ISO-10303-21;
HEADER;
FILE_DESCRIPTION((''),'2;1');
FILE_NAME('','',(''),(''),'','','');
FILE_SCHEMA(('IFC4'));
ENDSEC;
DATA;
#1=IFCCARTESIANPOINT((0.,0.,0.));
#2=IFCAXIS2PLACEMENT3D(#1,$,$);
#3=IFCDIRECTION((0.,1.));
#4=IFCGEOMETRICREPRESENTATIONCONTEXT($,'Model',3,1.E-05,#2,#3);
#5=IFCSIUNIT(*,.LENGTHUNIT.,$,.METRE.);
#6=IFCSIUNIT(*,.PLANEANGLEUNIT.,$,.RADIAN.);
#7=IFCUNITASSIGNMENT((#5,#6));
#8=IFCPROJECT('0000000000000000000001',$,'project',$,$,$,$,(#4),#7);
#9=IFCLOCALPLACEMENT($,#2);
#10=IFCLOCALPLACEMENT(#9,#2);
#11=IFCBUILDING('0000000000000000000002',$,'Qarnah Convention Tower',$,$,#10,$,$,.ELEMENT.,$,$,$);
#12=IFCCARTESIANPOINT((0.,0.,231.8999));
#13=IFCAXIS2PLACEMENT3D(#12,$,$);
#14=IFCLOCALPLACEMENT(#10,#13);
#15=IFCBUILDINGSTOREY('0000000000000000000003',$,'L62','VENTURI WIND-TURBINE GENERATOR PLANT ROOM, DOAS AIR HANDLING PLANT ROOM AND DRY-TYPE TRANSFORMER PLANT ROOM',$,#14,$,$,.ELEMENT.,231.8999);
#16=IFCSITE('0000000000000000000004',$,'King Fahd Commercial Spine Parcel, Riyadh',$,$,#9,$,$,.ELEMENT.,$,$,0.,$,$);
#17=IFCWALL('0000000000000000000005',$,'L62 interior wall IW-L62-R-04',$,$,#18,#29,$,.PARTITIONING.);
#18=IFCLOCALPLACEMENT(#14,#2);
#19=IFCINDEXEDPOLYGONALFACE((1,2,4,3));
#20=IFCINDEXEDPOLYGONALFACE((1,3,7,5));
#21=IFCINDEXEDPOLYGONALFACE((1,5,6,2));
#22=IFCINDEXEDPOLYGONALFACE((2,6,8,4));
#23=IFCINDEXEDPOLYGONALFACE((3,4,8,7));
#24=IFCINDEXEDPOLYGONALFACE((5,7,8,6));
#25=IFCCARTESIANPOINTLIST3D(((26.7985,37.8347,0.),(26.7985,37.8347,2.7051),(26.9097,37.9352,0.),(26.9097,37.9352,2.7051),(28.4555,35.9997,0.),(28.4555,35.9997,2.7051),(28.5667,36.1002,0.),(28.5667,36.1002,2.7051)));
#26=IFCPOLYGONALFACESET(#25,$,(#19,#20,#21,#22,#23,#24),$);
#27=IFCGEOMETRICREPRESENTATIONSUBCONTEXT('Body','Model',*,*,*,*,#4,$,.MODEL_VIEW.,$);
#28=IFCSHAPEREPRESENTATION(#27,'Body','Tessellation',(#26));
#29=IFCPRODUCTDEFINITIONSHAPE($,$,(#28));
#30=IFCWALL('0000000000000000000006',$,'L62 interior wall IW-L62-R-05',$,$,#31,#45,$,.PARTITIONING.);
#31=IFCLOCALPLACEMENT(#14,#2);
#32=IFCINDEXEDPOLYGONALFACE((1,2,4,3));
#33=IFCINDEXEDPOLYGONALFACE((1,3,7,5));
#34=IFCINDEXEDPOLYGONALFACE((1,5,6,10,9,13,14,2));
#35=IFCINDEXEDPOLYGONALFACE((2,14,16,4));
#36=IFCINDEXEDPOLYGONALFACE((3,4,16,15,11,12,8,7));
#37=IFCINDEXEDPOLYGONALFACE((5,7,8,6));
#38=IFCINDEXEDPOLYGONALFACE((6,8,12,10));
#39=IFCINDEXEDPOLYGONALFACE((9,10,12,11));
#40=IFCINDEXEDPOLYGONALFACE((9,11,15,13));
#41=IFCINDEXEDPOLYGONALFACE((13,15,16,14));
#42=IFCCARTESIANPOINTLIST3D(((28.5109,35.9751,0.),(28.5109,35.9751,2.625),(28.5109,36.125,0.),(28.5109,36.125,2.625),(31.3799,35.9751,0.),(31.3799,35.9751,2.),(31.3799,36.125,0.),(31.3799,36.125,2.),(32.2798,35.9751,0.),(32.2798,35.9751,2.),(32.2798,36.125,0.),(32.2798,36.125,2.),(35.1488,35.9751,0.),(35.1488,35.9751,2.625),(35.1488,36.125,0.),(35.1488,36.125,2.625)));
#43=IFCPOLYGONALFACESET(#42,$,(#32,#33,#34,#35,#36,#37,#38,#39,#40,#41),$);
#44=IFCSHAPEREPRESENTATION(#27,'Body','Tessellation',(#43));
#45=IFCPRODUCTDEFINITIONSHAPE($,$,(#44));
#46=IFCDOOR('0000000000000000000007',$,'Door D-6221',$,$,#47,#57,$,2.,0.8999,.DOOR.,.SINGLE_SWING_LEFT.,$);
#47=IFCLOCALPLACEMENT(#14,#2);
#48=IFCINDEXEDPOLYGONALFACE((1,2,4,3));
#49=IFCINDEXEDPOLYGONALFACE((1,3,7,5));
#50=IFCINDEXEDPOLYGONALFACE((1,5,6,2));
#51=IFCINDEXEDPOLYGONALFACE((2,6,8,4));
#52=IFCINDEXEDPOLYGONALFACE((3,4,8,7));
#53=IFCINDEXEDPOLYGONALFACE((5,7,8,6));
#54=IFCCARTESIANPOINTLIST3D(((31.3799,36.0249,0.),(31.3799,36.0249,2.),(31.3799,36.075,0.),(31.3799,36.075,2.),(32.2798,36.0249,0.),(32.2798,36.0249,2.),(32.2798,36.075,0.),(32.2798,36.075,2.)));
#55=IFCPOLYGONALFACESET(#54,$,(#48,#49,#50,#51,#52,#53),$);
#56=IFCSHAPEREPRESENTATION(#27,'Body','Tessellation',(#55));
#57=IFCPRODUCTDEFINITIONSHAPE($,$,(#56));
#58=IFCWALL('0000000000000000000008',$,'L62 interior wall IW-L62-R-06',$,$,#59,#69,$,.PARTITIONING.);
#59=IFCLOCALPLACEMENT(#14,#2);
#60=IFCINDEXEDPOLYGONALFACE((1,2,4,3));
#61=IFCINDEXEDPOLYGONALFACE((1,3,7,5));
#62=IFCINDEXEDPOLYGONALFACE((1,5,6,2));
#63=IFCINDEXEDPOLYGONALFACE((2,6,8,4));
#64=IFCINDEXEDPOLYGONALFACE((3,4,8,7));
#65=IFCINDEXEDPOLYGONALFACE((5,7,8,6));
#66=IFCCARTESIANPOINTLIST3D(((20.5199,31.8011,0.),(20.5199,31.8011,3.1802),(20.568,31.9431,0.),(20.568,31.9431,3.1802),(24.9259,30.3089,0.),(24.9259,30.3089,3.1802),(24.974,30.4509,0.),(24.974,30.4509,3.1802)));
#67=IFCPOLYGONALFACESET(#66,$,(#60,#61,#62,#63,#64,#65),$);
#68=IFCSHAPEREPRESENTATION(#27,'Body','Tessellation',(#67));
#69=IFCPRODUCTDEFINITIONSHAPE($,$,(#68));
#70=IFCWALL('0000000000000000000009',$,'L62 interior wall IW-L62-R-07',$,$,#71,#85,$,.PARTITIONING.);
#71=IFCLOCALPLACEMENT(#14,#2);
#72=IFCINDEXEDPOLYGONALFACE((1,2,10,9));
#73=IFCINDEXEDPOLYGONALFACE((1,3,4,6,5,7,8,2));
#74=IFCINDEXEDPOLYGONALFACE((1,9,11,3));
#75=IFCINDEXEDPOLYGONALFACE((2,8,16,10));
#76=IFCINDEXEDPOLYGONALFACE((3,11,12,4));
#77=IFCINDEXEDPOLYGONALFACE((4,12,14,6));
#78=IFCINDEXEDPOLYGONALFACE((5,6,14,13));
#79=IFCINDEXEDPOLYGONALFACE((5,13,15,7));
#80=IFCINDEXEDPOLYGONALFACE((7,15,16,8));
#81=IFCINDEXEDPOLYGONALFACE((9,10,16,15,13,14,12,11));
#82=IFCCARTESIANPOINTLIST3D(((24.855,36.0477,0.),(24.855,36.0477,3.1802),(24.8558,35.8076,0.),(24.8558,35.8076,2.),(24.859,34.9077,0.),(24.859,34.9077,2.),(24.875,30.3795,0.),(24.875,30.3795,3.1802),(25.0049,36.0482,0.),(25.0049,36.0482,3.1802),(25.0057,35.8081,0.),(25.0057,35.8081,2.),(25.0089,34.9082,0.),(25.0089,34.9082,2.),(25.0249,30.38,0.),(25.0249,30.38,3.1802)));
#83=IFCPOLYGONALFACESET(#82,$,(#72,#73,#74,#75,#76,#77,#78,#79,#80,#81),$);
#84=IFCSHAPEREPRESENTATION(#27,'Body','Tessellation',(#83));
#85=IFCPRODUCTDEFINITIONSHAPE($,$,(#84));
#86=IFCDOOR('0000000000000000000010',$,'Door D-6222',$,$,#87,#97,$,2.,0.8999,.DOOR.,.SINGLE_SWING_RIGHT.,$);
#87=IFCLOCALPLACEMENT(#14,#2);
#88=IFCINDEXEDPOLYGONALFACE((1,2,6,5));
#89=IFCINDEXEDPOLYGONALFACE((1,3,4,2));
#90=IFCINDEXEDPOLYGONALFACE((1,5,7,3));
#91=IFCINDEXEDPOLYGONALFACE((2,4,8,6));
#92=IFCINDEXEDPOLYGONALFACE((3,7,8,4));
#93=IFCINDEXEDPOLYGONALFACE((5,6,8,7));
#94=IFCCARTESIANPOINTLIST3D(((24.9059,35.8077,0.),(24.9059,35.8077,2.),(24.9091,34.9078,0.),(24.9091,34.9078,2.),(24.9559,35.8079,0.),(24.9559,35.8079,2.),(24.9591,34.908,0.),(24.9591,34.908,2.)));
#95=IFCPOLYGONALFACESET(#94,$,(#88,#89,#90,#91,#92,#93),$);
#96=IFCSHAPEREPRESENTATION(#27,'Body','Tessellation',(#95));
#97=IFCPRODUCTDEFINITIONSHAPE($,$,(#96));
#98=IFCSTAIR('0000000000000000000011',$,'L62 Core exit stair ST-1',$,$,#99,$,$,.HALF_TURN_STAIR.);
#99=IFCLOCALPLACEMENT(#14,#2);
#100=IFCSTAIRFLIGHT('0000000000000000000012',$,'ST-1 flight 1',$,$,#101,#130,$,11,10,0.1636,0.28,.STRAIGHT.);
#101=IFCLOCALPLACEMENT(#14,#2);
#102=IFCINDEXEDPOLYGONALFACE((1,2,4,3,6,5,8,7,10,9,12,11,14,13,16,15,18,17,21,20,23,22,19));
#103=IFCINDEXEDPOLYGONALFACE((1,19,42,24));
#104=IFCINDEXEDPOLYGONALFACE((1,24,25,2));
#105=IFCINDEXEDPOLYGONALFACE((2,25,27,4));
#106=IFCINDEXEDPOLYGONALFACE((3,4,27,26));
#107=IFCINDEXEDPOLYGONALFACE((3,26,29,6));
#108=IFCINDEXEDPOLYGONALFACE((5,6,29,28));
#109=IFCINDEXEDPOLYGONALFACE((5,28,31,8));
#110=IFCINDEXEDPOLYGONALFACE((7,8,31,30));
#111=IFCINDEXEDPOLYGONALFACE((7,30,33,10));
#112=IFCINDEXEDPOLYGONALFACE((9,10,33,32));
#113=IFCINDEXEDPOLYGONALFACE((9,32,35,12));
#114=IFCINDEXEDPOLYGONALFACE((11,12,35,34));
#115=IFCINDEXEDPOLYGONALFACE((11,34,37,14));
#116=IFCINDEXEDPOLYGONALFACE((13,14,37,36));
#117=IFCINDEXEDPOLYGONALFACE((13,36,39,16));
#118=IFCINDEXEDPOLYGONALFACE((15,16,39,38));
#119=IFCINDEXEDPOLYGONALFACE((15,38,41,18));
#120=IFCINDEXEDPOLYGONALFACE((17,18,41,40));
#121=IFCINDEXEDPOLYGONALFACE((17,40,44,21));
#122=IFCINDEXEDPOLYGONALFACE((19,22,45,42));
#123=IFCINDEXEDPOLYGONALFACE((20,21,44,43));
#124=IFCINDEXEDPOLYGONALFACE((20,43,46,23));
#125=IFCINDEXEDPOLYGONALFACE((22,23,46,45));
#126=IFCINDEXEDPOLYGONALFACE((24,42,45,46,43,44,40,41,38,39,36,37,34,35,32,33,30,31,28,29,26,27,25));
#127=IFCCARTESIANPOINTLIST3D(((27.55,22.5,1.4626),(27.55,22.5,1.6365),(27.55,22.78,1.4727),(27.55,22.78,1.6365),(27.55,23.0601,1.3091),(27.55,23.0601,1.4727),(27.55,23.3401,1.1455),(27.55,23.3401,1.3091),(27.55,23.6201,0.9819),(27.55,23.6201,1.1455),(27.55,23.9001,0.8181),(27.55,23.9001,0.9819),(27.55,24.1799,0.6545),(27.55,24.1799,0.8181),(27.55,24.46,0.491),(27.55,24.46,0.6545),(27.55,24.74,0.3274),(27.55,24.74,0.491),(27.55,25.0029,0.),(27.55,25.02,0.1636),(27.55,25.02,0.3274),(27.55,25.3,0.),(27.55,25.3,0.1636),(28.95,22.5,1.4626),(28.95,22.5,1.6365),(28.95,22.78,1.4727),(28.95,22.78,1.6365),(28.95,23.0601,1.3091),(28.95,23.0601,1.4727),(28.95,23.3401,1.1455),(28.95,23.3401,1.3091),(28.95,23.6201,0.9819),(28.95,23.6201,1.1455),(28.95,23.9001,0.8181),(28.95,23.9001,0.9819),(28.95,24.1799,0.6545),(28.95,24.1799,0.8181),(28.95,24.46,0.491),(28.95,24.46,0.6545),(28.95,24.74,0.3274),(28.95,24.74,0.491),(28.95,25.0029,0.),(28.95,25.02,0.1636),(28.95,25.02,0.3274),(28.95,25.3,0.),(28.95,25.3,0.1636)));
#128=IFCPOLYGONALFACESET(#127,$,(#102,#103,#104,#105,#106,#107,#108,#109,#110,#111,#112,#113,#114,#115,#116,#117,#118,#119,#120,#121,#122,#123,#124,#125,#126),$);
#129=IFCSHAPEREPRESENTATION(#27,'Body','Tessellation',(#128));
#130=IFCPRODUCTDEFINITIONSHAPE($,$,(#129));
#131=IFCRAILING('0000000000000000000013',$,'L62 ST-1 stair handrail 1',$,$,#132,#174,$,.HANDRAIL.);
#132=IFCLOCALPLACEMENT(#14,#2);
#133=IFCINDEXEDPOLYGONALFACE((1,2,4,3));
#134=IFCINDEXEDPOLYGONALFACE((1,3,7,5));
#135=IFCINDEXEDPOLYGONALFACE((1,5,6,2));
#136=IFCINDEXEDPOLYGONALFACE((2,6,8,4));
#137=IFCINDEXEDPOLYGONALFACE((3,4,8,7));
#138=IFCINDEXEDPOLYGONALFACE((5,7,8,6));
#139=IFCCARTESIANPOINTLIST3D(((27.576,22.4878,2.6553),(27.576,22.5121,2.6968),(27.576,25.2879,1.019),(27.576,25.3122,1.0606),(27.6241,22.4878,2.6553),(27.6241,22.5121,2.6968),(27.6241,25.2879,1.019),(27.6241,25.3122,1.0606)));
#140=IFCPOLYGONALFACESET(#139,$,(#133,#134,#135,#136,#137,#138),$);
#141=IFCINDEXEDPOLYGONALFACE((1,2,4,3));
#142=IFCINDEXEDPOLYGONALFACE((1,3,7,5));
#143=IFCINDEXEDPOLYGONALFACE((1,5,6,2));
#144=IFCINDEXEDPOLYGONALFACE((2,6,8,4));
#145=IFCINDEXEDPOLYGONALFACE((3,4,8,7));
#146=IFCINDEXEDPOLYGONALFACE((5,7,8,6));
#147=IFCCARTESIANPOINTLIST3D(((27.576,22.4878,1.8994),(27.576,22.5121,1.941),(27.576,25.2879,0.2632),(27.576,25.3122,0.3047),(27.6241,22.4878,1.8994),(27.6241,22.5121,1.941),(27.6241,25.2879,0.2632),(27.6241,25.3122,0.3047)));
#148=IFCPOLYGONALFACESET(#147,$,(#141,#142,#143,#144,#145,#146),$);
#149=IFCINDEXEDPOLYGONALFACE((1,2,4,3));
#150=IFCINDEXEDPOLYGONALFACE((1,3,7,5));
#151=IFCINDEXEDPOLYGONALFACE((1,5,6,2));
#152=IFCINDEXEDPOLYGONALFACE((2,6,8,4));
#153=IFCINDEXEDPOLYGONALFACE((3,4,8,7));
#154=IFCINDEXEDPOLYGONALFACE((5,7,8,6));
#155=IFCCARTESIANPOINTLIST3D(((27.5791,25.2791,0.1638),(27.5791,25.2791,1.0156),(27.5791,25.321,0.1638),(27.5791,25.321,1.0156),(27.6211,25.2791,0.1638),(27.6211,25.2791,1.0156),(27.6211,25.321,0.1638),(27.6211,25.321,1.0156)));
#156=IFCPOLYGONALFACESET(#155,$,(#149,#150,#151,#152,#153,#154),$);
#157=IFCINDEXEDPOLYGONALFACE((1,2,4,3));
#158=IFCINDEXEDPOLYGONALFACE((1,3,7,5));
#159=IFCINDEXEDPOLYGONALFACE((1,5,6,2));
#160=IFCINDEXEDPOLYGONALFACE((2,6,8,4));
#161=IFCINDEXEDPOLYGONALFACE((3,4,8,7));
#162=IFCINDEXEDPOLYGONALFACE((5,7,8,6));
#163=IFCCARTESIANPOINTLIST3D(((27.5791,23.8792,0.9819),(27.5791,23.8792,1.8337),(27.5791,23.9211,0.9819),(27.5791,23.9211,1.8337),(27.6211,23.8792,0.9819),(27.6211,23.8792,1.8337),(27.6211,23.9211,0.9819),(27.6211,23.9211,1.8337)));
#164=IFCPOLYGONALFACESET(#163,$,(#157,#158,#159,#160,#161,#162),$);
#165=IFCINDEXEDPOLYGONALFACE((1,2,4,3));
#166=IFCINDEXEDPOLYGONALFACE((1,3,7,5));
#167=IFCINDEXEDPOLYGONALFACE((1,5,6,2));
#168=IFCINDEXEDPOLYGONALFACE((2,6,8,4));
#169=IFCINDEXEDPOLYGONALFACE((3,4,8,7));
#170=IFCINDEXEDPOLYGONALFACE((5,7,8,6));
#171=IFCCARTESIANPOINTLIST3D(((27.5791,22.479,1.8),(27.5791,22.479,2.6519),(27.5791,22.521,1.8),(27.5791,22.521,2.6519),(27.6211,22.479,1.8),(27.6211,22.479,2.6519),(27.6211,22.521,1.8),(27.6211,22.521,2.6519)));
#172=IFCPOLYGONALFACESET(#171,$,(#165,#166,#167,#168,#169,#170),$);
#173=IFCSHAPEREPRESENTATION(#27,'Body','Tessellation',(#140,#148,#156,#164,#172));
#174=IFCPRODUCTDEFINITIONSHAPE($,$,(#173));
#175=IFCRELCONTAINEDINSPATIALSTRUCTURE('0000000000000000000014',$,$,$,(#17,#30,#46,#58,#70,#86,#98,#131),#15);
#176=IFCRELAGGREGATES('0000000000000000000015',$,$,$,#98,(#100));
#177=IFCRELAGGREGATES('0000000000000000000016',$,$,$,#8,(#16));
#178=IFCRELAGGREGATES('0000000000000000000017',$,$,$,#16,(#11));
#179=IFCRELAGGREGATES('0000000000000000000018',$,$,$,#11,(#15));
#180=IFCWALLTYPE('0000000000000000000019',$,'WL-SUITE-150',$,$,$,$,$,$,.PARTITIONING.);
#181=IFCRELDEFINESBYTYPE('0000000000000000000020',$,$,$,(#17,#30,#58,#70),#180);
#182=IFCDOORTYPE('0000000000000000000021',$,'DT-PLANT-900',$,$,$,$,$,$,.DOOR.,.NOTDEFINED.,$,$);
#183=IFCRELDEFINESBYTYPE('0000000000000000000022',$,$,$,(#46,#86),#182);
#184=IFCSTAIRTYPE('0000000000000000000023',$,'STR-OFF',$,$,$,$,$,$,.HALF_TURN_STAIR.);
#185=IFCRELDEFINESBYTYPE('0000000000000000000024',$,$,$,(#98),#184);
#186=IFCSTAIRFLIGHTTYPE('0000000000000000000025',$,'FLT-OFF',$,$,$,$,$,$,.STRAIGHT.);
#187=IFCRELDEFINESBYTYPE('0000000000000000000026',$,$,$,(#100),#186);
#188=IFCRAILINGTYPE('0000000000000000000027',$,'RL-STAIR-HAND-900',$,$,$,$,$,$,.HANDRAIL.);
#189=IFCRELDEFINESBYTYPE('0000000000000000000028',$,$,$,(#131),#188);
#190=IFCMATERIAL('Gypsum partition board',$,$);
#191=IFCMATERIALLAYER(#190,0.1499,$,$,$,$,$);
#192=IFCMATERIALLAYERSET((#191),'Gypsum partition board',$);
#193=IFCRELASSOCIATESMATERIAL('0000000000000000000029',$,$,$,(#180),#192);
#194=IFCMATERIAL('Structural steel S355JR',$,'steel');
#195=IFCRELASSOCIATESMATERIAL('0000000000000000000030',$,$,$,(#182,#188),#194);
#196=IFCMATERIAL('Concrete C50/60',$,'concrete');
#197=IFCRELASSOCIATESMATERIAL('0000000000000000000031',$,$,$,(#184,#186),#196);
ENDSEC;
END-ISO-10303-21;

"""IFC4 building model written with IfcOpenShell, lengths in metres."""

from ifc_helpers import new_model, si_unit, direction, frame, frame_2d, origin, origin_2d, place, context, subcontext, project, spatial, polyline, rectangle, outline, extrude, material, layer, layer_set, type_object, element, fill, aggregate, save


model = new_model("IFC4")

# Units and contexts
model_context = context("Model", 3, precision=1e-05, world=origin(), true_north=direction((0.0, 1.0)))
body_context = subcontext(model_context, "Body", "Model", "MODEL_VIEW")
ifc_project = project(units=[si_unit("LENGTHUNIT", "METRE"), si_unit("PLANEANGLEUNIT", "RADIAN")], contexts=[model_context])

# Site, building, storey
site_placement = place(None, origin())
site = spatial("IfcSite", under=ifc_project, at=site_placement, Name="King Fahd Commercial Spine Parcel, Riyadh", CompositionType="ELEMENT", RefElevation=0.0)
building_placement = place(site_placement, origin())
building = spatial("IfcBuilding", under=site, at=building_placement, Name="Qarnah Convention Tower", CompositionType="ELEMENT")
storey_placement = place(building_placement, frame((0.0, 0.0, 231.8999)))
storey = spatial("IfcBuildingStorey", under=building, at=storey_placement, Name="L62", Description="VENTURI WIND-TURBINE GENERATOR PLANT ROOM, DOAS AIR HANDLING PLANT ROOM AND DRY-TYPE TRANSFORMER PLANT ROOM", CompositionType="ELEMENT", Elevation=231.8999)

# Shared definitions
ifc_material_1 = material(Name="Concrete C50/60", Category="concrete")

# Shared definitions
ifc_material_2 = material(Name="Structural steel S355JR", Category="steel")

# Wall
ifc_material_3 = material(Name="Gypsum partition board")
ifc_layer_1 = layer(ifc_material_3, 0.1499)
ifc_layer_set_1 = layer_set([ifc_layer_1], Name="Gypsum partition board")
wall_type_1 = type_object("IfcWallType", Name="WL-SUITE-150", PredefinedType="PARTITIONING", material=ifc_layer_set_1)
wall_1_placement = place(storey_placement, frame((26.854, 37.885, 0.0), z_axis=(0.0, 0.0, 1.0), x_axis=(0.670197, -0.742183, 0.0)))
element("IfcWall", 1, at=wall_1_placement, inside=storey, type_object=wall_type_1, Name="L62 interior wall IW-L62-R-04", PredefinedType="PARTITIONING", context=body_context, shape_type="SweptSolid", body=[
    extrude(rectangle(XDim=2.4724, YDim=0.1499, at=frame_2d((1.2363, 0.0))), origin(), (0.0, 0.0, 1.0), 2.7051),
])

# Wall, opening, door
wall_2_placement = place(storey_placement, frame((28.511, 36.05, 0.0), z_axis=(0.0, 0.0, 1.0), x_axis=(1.0, 0.0, 0.0)))
wall_2 = element("IfcWall", 2, at=wall_2_placement, inside=storey, type_object=wall_type_1, Name="L62 interior wall IW-L62-R-05", PredefinedType="PARTITIONING", context=body_context, shape_type="SweptSolid", body=[
    extrude(rectangle(XDim=6.6379, YDim=0.1499, at=frame_2d((3.3188, 0.0))), origin(), (0.0, 0.0, 1.0), 2.625),
])
opening_1_placement = place(wall_2_placement, frame((2.8689, 0.0, 0.0)))
opening_1 = element("IfcOpeningElement", 3, at=opening_1_placement, cuts=wall_2, PredefinedType="OPENING", context=body_context, shape_type="SweptSolid", body=[
    extrude(rectangle(XDim=0.8999, YDim=2.0, at=frame_2d((0.45, 1.0))), frame((0.0, 0.085, 0.0), z_axis=(0.0, -1.0, 0.0), x_axis=(1.0, 0.0, 0.0)), (0.0, 0.0, 1.0), 0.1699),
])
door_type_1 = type_object("IfcDoorType", Name="DT-PLANT-900", OperationType="NOTDEFINED", PredefinedType="DOOR", material=ifc_material_2)
door_1_placement = place(opening_1_placement, origin())
door_1 = element("IfcDoor", 4, at=door_1_placement, inside=storey, type_object=door_type_1, Name="Door D-6221", OperationType="SINGLE_SWING_LEFT", OverallHeight=2.0, OverallWidth=0.8999, PredefinedType="DOOR", context=body_context, shape_type="SweptSolid", body=[
    extrude(rectangle(XDim=0.8999, YDim=2.0, at=frame_2d((0.45, 1.0))), frame((0.0, 0.0249, 0.0), z_axis=(0.0, -1.0, 0.0), x_axis=(1.0, 0.0, 0.0)), (0.0, 0.0, 1.0), 0.05),
])
fill(opening_1, door_1)

# Wall
wall_3_placement = place(storey_placement, frame((20.5439, 31.8721, 0.0), z_axis=(0.0, 0.0, 1.0), x_axis=(0.947156, -0.320774, 0.0)))
element("IfcWall", 5, at=wall_3_placement, inside=storey, type_object=wall_type_1, Name="L62 interior wall IW-L62-R-06", PredefinedType="PARTITIONING", context=body_context, shape_type="SweptSolid", body=[
    extrude(rectangle(XDim=4.6519, YDim=0.1499, at=frame_2d((2.3259, 0.0))), origin(), (0.0, 0.0, 1.0), 3.1802),
])

# Wall, opening, door
wall_4_placement = place(storey_placement, frame((24.95, 30.3799, 0.0), z_axis=(0.0, 0.0, 1.0), x_axis=(-0.003532, 0.999994, 0.0)))
wall_4 = element("IfcWall", 6, at=wall_4_placement, inside=storey, type_object=wall_type_1, Name="L62 interior wall IW-L62-R-07", PredefinedType="PARTITIONING", context=body_context, shape_type="SweptSolid", body=[
    extrude(rectangle(XDim=5.6682, YDim=0.1499, at=frame_2d((2.834, 0.0))), origin(), (0.0, 0.0, 1.0), 3.1802),
])
opening_2_placement = place(wall_4_placement, frame((4.5281, 0.0, 0.0)))
opening_2 = element("IfcOpeningElement", 7, at=opening_2_placement, cuts=wall_4, PredefinedType="OPENING", context=body_context, shape_type="SweptSolid", body=[
    extrude(rectangle(XDim=0.8999, YDim=2.0, at=frame_2d((0.45, 1.0))), frame((0.0, 0.085, 0.0), z_axis=(0.0, -1.0, 0.0), x_axis=(1.0, 0.0, 0.0)), (0.0, 0.0, 1.0), 0.1699),
])
door_2_placement = place(opening_2_placement, origin())
door_2 = element("IfcDoor", 8, at=door_2_placement, inside=storey, type_object=door_type_1, Name="Door D-6222", OperationType="SINGLE_SWING_RIGHT", OverallHeight=2.0, OverallWidth=0.8999, PredefinedType="DOOR", context=body_context, shape_type="SweptSolid", body=[
    extrude(rectangle(XDim=0.8999, YDim=2.0, at=frame_2d((0.45, 1.0))), frame((0.0, 0.0249, 0.0), z_axis=(0.0, -1.0, 0.0), x_axis=(1.0, 0.0, 0.0)), (0.0, 0.0, 1.0), 0.05),
])
fill(opening_2, door_2)

# Stair, stair flight
stair_type = type_object("IfcStairType", Name="STR-OFF", PredefinedType="HALF_TURN_STAIR", material=ifc_material_1)
stair_placement = place(storey_placement, origin())
stair = element("IfcStair", 9, at=stair_placement, inside=storey, type_object=stair_type, Name="L62 Core exit stair ST-1", PredefinedType="HALF_TURN_STAIR")
stair_flight_type = type_object("IfcStairFlightType", Name="FLT-OFF", PredefinedType="STRAIGHT", material=ifc_material_1)
stair_flight_placement = place(storey_placement, frame((28.25, 25.3, 0.0), z_axis=(0.0, 0.0, 1.0), x_axis=(0.0, -1.0, 0.0)))
stair_flight = element("IfcStairFlight", 10, at=stair_flight_placement, type_object=stair_flight_type, Name="ST-1 flight 1", NumberOfRisers=11, NumberOfTreads=10, PredefinedType="STRAIGHT", RiserHeight=0.1636, TreadLength=0.28, context=body_context, shape_type="SweptSolid", body=[
    extrude(outline(polyline([(0.0, 0.0), (0.0, 0.1636), (0.28, 0.1636), (0.28, 0.3274), (0.5601, 0.3274), (0.5601, 0.491), (0.8401, 0.491), (0.8401, 0.6545), (1.1201, 0.6545), (1.1201, 0.8181), (1.3999, 0.8181), (1.3999, 0.9819), (1.6799, 0.9819), (1.6799, 1.1455), (1.96, 1.1455), (1.96, 1.3091), (2.24, 1.3091), (2.24, 1.4727), (2.52, 1.4727), (2.52, 1.6365), (2.8, 1.6365), (2.8, 1.8), (2.8, 1.4626), (0.2971, 0.0), (0.0, 0.0)])), frame((0.0, 0.7, 0.0), z_axis=(0.0, -1.0, 0.0), x_axis=(1.0, 0.0, 0.0)), (0.0, 0.0, 1.0), 1.3999),
])
aggregate(stair, [stair_flight])

# Railing
railing_type = type_object("IfcRailingType", Name="RL-STAIR-HAND-900", PredefinedType="HANDRAIL", material=ifc_material_2)
railing_placement = place(storey_placement, frame((27.6001, 25.3, 0.1638)))
element("IfcRailing", 11, at=railing_placement, inside=storey, type_object=railing_type, Name="L62 ST-1 stair handrail 1", PredefinedType="HANDRAIL", context=body_context, shape_type="SweptSolid", body=[
    extrude(rectangle(XDim=0.0481, YDim=0.0481, at=origin_2d()), frame((0.0, 0.0, 0.876), z_axis=(0.0, -0.863394, 0.504531), x_axis=(1.0, 0.0, 0.0)), (0.0, 0.0, 1.0), 3.2432),
    extrude(rectangle(XDim=0.0481, YDim=0.0481, at=origin_2d()), frame((0.0, 0.0, 0.1201), z_axis=(0.0, -0.863394, 0.504531), x_axis=(1.0, 0.0, 0.0)), (0.0, 0.0, 1.0), 3.2432),
    extrude(rectangle(XDim=0.042, YDim=0.042, at=origin_2d()), origin(), (0.0, 0.0, 1.0), 0.8518),
    extrude(rectangle(XDim=0.042, YDim=0.042, at=origin_2d()), frame((0.0, -1.3999, 0.8181)), (0.0, 0.0, 1.0), 0.8518),
    extrude(rectangle(XDim=0.042, YDim=0.042, at=origin_2d()), frame((0.0, -2.8, 1.6362)), (0.0, 0.0, 1.0), 0.8518),
])

save(model, "model.ifc")
